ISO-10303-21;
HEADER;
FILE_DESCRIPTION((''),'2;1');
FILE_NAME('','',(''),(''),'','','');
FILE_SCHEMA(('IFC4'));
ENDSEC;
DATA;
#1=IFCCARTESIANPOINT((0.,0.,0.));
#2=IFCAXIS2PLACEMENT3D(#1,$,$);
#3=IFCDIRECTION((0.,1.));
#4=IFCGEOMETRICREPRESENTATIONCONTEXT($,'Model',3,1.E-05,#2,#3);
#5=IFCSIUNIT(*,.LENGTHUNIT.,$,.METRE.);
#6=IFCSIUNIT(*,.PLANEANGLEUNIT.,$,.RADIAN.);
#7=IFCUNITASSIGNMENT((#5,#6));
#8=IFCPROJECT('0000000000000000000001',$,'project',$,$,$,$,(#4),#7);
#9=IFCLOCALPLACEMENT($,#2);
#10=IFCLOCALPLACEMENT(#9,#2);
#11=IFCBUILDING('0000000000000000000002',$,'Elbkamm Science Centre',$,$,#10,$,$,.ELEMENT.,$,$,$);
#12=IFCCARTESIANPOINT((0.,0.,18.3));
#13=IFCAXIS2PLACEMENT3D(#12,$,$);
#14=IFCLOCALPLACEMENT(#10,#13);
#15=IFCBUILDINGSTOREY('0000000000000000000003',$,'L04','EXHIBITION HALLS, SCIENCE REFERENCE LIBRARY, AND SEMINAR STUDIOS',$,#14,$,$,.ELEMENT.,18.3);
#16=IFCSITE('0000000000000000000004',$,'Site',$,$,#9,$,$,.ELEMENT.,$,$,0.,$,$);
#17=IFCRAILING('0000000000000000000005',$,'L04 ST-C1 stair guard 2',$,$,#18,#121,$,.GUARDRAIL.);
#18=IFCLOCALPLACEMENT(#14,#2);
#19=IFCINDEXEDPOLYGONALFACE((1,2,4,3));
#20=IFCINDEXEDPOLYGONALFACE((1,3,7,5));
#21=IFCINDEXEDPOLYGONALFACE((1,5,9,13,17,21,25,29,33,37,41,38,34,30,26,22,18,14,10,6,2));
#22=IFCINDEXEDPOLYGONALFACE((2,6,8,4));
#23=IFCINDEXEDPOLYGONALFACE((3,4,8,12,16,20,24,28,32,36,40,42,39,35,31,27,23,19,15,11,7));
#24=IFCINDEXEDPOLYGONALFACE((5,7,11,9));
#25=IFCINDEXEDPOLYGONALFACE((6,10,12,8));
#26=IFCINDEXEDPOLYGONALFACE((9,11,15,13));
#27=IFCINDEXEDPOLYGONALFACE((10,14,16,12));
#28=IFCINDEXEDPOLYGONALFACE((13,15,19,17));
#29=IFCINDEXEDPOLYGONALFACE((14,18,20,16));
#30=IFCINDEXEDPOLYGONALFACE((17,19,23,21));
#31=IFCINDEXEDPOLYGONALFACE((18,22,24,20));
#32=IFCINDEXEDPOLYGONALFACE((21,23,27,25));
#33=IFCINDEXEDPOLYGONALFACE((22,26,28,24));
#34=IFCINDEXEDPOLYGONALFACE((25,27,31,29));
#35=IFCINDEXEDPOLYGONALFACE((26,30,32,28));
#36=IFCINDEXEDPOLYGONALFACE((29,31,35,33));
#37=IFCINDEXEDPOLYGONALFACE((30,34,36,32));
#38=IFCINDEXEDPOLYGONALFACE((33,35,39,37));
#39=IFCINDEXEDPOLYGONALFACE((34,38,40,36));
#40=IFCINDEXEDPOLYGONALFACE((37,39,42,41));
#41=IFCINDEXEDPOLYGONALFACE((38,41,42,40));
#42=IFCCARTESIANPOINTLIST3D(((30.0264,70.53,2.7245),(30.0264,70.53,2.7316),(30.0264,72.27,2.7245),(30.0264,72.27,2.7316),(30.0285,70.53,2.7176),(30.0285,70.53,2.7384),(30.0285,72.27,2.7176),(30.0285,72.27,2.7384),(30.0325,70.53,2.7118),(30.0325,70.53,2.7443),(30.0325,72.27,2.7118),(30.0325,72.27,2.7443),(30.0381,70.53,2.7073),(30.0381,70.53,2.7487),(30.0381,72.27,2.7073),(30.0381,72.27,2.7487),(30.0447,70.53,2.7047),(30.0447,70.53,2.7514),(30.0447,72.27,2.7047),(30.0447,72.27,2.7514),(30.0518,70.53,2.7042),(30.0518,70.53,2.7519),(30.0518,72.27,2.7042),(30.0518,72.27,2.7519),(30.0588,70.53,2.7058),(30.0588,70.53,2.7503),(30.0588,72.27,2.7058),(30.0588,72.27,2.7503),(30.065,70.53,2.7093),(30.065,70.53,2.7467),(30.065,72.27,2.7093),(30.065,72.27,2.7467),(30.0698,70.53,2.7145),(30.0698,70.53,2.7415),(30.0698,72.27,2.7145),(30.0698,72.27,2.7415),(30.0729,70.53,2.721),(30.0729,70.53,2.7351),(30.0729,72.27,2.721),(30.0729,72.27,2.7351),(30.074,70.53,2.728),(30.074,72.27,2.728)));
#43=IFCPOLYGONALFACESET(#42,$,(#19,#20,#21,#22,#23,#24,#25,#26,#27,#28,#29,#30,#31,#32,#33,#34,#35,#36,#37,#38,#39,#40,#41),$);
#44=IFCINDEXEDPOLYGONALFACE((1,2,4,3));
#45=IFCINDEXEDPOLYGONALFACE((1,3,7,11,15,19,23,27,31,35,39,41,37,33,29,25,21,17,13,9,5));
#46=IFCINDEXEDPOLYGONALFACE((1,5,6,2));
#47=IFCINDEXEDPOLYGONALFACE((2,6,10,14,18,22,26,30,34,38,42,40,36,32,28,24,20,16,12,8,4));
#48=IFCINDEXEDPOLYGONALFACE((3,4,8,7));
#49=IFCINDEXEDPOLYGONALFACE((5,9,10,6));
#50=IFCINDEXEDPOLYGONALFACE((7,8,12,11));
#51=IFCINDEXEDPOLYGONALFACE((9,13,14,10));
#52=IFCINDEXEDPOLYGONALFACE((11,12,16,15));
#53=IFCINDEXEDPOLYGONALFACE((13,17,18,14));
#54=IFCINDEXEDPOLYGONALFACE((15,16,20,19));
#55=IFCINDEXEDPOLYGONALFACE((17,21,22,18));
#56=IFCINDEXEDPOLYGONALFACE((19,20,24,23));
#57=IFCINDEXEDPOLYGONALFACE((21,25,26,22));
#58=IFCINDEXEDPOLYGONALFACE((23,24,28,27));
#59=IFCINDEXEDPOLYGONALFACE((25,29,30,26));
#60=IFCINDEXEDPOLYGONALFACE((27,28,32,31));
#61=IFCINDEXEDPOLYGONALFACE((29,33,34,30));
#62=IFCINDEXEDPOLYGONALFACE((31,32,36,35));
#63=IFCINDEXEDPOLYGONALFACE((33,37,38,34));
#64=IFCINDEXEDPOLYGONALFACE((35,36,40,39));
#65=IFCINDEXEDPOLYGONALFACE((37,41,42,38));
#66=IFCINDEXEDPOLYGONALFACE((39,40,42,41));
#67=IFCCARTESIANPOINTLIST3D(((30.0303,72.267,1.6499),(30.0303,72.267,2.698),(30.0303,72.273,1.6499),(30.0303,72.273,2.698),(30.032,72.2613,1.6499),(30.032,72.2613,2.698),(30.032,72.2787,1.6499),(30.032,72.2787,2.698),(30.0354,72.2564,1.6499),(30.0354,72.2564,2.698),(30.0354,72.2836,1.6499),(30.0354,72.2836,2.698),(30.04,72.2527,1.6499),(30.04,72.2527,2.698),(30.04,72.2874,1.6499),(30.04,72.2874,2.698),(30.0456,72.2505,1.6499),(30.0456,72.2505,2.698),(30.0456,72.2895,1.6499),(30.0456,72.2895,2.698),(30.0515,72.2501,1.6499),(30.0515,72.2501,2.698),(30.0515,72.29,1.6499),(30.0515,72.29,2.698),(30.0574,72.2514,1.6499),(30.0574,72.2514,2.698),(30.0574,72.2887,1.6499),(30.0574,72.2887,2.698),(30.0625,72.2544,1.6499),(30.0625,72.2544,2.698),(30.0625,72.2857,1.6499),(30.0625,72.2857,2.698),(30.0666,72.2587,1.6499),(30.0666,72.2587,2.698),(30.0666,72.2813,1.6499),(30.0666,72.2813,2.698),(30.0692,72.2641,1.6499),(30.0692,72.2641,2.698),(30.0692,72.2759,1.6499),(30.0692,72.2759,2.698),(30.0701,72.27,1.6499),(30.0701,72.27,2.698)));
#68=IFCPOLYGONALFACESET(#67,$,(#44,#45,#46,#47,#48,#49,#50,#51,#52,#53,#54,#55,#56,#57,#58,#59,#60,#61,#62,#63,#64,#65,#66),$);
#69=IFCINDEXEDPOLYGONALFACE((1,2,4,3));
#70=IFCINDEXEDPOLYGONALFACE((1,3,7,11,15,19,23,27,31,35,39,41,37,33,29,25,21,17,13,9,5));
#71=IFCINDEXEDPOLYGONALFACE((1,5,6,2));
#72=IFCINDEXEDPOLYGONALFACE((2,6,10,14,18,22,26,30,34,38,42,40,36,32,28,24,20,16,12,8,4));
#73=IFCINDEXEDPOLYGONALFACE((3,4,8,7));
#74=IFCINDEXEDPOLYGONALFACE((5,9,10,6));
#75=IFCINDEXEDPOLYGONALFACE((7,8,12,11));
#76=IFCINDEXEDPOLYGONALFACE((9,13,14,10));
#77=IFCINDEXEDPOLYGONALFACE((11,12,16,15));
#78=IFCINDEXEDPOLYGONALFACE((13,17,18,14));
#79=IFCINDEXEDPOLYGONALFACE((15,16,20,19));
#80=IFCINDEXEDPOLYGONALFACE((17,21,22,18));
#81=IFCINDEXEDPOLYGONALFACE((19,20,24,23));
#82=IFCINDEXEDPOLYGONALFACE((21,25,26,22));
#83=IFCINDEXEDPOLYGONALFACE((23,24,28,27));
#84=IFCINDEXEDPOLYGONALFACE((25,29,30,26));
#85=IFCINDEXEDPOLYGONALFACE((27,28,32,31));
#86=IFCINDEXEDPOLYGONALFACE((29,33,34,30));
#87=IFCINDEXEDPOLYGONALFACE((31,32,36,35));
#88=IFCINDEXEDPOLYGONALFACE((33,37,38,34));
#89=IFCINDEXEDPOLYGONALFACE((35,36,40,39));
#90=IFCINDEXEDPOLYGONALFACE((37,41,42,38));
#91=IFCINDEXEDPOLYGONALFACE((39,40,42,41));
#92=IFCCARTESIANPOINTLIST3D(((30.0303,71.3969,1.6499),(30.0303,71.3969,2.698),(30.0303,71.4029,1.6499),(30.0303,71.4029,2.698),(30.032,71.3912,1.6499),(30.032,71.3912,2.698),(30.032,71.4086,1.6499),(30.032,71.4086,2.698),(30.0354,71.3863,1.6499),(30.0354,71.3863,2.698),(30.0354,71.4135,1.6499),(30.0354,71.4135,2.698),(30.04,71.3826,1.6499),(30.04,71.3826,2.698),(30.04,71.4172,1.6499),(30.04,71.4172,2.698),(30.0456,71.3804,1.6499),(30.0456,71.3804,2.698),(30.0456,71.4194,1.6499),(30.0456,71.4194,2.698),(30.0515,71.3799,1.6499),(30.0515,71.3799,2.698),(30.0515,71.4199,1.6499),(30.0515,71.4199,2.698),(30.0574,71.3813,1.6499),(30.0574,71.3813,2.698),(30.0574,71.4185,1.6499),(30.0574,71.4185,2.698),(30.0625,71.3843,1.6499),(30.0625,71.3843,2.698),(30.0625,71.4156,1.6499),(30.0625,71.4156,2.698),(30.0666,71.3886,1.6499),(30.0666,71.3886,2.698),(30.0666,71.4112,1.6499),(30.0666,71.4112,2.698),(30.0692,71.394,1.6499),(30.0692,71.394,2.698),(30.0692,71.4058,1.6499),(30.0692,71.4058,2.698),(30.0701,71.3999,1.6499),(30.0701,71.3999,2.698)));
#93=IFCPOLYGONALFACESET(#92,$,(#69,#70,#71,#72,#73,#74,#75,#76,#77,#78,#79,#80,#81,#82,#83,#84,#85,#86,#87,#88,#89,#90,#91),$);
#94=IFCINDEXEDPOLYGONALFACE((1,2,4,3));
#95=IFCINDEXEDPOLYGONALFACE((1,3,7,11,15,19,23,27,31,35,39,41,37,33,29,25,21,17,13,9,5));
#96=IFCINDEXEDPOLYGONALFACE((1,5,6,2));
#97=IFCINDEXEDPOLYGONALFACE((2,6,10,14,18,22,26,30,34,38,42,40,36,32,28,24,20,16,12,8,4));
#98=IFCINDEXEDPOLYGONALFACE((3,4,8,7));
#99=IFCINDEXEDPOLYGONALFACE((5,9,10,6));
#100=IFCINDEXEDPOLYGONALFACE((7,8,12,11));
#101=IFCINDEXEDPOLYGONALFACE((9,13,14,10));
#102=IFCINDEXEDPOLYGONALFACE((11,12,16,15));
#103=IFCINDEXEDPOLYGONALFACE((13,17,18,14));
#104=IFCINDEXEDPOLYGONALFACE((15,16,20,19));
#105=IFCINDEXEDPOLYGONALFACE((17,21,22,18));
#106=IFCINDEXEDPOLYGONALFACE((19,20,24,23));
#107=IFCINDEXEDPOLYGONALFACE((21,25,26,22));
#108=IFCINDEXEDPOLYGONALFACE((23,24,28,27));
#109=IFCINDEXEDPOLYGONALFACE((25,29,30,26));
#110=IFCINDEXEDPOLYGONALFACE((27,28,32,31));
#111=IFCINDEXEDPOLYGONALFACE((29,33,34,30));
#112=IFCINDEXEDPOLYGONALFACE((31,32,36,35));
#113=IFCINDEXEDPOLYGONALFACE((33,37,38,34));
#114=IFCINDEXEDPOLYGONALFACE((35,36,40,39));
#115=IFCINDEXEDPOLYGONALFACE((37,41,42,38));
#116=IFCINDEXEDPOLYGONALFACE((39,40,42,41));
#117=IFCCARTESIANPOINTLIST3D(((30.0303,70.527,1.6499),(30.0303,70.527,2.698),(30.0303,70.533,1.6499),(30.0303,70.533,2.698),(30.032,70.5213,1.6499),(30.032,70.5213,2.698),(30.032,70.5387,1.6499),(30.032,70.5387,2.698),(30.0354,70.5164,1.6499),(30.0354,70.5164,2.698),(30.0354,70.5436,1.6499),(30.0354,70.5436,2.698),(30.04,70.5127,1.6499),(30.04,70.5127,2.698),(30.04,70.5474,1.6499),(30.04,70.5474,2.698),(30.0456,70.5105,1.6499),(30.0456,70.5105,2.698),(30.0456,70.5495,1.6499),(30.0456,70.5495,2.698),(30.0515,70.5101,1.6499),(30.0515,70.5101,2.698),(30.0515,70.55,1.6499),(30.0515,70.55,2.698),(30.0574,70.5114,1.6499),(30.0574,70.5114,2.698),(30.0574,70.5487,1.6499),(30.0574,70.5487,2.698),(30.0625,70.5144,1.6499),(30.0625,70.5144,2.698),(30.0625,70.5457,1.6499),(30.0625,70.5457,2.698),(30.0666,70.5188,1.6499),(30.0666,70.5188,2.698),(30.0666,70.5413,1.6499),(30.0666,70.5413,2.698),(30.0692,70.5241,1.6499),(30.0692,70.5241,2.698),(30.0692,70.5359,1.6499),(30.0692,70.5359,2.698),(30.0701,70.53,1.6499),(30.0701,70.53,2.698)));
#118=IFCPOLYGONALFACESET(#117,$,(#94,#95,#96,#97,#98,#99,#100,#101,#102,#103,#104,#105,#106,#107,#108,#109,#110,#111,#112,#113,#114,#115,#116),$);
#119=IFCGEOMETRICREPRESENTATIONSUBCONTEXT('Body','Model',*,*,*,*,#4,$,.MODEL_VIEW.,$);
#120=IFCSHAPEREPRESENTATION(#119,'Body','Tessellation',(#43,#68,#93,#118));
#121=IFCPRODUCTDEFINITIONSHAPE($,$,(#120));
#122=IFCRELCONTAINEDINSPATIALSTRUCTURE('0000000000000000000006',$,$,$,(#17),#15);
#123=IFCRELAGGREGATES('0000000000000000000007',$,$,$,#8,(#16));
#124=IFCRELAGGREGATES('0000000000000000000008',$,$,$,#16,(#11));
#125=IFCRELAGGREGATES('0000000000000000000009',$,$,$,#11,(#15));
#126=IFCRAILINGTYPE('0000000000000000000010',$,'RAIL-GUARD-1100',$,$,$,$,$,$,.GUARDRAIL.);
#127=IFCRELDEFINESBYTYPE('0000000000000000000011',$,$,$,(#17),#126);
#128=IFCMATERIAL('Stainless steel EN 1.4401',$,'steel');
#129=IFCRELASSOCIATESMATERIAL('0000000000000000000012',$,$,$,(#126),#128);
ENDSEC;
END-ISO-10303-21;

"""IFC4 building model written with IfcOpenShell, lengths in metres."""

from ifc_helpers import new_model, si_unit, direction, frame, origin, origin_2d, place, context, subcontext, project, spatial, circle, extrude, material, type_object, element, save


model = new_model("IFC4")

# Units and contexts
model_context = context("Model", 3, precision=1e-05, world=origin(), true_north=direction((0.0, 1.0)))
body_context = subcontext(model_context, "Body", "Model", "MODEL_VIEW")
ifc_project = project(units=[si_unit("LENGTHUNIT", "METRE"), si_unit("PLANEANGLEUNIT", "RADIAN")], contexts=[model_context])

# Site, building, storey
site_placement = place(None, origin())
site = spatial("IfcSite", under=ifc_project, at=site_placement, Name="Site", CompositionType="ELEMENT", RefElevation=0.0)
building_placement = place(site_placement, origin())
building = spatial("IfcBuilding", under=site, at=building_placement, Name="Elbkamm Science Centre", CompositionType="ELEMENT")
storey_placement = place(building_placement, frame((0.0, 0.0, 18.3)))
storey = spatial("IfcBuildingStorey", under=building, at=storey_placement, Name="L04", Description="EXHIBITION HALLS, SCIENCE REFERENCE LIBRARY, AND SEMINAR STUDIOS", CompositionType="ELEMENT", Elevation=18.3)

# Railing
ifc_material_1 = material(Name="Stainless steel EN 1.4401", Category="steel")
railing_type_1 = type_object("IfcRailingType", Name="RAIL-GUARD-1100", PredefinedType="GUARDRAIL", material=ifc_material_1)
railing_1_placement = place(storey_placement, frame((30.05, 72.27, 1.6499)))
element("IfcRailing", 1, at=railing_1_placement, inside=storey, type_object=railing_type_1, Name="L04 ST-C1 stair guard 2", PredefinedType="GUARDRAIL", context=body_context, shape_type="SweptSolid", body=[
    extrude(circle(Radius=0.0239, at=origin_2d()), frame((0.0, 0.0, 1.0781), z_axis=(0.0, -1.0, 0.0), x_axis=(1.0, 0.0, 0.0)), (0.0, 0.0, 1.0), 1.74),
    extrude(circle(Radius=0.02, at=origin_2d()), origin(), (0.0, 0.0, 1.0), 1.0481),
    extrude(circle(Radius=0.02, at=origin_2d()), frame((0.0, -0.8701, 0.0)), (0.0, 0.0, 1.0), 1.0481),
    extrude(circle(Radius=0.02, at=origin_2d()), frame((0.0, -1.74, 0.0)), (0.0, 0.0, 1.0), 1.0481),
])

save(model, "model.ifc")
